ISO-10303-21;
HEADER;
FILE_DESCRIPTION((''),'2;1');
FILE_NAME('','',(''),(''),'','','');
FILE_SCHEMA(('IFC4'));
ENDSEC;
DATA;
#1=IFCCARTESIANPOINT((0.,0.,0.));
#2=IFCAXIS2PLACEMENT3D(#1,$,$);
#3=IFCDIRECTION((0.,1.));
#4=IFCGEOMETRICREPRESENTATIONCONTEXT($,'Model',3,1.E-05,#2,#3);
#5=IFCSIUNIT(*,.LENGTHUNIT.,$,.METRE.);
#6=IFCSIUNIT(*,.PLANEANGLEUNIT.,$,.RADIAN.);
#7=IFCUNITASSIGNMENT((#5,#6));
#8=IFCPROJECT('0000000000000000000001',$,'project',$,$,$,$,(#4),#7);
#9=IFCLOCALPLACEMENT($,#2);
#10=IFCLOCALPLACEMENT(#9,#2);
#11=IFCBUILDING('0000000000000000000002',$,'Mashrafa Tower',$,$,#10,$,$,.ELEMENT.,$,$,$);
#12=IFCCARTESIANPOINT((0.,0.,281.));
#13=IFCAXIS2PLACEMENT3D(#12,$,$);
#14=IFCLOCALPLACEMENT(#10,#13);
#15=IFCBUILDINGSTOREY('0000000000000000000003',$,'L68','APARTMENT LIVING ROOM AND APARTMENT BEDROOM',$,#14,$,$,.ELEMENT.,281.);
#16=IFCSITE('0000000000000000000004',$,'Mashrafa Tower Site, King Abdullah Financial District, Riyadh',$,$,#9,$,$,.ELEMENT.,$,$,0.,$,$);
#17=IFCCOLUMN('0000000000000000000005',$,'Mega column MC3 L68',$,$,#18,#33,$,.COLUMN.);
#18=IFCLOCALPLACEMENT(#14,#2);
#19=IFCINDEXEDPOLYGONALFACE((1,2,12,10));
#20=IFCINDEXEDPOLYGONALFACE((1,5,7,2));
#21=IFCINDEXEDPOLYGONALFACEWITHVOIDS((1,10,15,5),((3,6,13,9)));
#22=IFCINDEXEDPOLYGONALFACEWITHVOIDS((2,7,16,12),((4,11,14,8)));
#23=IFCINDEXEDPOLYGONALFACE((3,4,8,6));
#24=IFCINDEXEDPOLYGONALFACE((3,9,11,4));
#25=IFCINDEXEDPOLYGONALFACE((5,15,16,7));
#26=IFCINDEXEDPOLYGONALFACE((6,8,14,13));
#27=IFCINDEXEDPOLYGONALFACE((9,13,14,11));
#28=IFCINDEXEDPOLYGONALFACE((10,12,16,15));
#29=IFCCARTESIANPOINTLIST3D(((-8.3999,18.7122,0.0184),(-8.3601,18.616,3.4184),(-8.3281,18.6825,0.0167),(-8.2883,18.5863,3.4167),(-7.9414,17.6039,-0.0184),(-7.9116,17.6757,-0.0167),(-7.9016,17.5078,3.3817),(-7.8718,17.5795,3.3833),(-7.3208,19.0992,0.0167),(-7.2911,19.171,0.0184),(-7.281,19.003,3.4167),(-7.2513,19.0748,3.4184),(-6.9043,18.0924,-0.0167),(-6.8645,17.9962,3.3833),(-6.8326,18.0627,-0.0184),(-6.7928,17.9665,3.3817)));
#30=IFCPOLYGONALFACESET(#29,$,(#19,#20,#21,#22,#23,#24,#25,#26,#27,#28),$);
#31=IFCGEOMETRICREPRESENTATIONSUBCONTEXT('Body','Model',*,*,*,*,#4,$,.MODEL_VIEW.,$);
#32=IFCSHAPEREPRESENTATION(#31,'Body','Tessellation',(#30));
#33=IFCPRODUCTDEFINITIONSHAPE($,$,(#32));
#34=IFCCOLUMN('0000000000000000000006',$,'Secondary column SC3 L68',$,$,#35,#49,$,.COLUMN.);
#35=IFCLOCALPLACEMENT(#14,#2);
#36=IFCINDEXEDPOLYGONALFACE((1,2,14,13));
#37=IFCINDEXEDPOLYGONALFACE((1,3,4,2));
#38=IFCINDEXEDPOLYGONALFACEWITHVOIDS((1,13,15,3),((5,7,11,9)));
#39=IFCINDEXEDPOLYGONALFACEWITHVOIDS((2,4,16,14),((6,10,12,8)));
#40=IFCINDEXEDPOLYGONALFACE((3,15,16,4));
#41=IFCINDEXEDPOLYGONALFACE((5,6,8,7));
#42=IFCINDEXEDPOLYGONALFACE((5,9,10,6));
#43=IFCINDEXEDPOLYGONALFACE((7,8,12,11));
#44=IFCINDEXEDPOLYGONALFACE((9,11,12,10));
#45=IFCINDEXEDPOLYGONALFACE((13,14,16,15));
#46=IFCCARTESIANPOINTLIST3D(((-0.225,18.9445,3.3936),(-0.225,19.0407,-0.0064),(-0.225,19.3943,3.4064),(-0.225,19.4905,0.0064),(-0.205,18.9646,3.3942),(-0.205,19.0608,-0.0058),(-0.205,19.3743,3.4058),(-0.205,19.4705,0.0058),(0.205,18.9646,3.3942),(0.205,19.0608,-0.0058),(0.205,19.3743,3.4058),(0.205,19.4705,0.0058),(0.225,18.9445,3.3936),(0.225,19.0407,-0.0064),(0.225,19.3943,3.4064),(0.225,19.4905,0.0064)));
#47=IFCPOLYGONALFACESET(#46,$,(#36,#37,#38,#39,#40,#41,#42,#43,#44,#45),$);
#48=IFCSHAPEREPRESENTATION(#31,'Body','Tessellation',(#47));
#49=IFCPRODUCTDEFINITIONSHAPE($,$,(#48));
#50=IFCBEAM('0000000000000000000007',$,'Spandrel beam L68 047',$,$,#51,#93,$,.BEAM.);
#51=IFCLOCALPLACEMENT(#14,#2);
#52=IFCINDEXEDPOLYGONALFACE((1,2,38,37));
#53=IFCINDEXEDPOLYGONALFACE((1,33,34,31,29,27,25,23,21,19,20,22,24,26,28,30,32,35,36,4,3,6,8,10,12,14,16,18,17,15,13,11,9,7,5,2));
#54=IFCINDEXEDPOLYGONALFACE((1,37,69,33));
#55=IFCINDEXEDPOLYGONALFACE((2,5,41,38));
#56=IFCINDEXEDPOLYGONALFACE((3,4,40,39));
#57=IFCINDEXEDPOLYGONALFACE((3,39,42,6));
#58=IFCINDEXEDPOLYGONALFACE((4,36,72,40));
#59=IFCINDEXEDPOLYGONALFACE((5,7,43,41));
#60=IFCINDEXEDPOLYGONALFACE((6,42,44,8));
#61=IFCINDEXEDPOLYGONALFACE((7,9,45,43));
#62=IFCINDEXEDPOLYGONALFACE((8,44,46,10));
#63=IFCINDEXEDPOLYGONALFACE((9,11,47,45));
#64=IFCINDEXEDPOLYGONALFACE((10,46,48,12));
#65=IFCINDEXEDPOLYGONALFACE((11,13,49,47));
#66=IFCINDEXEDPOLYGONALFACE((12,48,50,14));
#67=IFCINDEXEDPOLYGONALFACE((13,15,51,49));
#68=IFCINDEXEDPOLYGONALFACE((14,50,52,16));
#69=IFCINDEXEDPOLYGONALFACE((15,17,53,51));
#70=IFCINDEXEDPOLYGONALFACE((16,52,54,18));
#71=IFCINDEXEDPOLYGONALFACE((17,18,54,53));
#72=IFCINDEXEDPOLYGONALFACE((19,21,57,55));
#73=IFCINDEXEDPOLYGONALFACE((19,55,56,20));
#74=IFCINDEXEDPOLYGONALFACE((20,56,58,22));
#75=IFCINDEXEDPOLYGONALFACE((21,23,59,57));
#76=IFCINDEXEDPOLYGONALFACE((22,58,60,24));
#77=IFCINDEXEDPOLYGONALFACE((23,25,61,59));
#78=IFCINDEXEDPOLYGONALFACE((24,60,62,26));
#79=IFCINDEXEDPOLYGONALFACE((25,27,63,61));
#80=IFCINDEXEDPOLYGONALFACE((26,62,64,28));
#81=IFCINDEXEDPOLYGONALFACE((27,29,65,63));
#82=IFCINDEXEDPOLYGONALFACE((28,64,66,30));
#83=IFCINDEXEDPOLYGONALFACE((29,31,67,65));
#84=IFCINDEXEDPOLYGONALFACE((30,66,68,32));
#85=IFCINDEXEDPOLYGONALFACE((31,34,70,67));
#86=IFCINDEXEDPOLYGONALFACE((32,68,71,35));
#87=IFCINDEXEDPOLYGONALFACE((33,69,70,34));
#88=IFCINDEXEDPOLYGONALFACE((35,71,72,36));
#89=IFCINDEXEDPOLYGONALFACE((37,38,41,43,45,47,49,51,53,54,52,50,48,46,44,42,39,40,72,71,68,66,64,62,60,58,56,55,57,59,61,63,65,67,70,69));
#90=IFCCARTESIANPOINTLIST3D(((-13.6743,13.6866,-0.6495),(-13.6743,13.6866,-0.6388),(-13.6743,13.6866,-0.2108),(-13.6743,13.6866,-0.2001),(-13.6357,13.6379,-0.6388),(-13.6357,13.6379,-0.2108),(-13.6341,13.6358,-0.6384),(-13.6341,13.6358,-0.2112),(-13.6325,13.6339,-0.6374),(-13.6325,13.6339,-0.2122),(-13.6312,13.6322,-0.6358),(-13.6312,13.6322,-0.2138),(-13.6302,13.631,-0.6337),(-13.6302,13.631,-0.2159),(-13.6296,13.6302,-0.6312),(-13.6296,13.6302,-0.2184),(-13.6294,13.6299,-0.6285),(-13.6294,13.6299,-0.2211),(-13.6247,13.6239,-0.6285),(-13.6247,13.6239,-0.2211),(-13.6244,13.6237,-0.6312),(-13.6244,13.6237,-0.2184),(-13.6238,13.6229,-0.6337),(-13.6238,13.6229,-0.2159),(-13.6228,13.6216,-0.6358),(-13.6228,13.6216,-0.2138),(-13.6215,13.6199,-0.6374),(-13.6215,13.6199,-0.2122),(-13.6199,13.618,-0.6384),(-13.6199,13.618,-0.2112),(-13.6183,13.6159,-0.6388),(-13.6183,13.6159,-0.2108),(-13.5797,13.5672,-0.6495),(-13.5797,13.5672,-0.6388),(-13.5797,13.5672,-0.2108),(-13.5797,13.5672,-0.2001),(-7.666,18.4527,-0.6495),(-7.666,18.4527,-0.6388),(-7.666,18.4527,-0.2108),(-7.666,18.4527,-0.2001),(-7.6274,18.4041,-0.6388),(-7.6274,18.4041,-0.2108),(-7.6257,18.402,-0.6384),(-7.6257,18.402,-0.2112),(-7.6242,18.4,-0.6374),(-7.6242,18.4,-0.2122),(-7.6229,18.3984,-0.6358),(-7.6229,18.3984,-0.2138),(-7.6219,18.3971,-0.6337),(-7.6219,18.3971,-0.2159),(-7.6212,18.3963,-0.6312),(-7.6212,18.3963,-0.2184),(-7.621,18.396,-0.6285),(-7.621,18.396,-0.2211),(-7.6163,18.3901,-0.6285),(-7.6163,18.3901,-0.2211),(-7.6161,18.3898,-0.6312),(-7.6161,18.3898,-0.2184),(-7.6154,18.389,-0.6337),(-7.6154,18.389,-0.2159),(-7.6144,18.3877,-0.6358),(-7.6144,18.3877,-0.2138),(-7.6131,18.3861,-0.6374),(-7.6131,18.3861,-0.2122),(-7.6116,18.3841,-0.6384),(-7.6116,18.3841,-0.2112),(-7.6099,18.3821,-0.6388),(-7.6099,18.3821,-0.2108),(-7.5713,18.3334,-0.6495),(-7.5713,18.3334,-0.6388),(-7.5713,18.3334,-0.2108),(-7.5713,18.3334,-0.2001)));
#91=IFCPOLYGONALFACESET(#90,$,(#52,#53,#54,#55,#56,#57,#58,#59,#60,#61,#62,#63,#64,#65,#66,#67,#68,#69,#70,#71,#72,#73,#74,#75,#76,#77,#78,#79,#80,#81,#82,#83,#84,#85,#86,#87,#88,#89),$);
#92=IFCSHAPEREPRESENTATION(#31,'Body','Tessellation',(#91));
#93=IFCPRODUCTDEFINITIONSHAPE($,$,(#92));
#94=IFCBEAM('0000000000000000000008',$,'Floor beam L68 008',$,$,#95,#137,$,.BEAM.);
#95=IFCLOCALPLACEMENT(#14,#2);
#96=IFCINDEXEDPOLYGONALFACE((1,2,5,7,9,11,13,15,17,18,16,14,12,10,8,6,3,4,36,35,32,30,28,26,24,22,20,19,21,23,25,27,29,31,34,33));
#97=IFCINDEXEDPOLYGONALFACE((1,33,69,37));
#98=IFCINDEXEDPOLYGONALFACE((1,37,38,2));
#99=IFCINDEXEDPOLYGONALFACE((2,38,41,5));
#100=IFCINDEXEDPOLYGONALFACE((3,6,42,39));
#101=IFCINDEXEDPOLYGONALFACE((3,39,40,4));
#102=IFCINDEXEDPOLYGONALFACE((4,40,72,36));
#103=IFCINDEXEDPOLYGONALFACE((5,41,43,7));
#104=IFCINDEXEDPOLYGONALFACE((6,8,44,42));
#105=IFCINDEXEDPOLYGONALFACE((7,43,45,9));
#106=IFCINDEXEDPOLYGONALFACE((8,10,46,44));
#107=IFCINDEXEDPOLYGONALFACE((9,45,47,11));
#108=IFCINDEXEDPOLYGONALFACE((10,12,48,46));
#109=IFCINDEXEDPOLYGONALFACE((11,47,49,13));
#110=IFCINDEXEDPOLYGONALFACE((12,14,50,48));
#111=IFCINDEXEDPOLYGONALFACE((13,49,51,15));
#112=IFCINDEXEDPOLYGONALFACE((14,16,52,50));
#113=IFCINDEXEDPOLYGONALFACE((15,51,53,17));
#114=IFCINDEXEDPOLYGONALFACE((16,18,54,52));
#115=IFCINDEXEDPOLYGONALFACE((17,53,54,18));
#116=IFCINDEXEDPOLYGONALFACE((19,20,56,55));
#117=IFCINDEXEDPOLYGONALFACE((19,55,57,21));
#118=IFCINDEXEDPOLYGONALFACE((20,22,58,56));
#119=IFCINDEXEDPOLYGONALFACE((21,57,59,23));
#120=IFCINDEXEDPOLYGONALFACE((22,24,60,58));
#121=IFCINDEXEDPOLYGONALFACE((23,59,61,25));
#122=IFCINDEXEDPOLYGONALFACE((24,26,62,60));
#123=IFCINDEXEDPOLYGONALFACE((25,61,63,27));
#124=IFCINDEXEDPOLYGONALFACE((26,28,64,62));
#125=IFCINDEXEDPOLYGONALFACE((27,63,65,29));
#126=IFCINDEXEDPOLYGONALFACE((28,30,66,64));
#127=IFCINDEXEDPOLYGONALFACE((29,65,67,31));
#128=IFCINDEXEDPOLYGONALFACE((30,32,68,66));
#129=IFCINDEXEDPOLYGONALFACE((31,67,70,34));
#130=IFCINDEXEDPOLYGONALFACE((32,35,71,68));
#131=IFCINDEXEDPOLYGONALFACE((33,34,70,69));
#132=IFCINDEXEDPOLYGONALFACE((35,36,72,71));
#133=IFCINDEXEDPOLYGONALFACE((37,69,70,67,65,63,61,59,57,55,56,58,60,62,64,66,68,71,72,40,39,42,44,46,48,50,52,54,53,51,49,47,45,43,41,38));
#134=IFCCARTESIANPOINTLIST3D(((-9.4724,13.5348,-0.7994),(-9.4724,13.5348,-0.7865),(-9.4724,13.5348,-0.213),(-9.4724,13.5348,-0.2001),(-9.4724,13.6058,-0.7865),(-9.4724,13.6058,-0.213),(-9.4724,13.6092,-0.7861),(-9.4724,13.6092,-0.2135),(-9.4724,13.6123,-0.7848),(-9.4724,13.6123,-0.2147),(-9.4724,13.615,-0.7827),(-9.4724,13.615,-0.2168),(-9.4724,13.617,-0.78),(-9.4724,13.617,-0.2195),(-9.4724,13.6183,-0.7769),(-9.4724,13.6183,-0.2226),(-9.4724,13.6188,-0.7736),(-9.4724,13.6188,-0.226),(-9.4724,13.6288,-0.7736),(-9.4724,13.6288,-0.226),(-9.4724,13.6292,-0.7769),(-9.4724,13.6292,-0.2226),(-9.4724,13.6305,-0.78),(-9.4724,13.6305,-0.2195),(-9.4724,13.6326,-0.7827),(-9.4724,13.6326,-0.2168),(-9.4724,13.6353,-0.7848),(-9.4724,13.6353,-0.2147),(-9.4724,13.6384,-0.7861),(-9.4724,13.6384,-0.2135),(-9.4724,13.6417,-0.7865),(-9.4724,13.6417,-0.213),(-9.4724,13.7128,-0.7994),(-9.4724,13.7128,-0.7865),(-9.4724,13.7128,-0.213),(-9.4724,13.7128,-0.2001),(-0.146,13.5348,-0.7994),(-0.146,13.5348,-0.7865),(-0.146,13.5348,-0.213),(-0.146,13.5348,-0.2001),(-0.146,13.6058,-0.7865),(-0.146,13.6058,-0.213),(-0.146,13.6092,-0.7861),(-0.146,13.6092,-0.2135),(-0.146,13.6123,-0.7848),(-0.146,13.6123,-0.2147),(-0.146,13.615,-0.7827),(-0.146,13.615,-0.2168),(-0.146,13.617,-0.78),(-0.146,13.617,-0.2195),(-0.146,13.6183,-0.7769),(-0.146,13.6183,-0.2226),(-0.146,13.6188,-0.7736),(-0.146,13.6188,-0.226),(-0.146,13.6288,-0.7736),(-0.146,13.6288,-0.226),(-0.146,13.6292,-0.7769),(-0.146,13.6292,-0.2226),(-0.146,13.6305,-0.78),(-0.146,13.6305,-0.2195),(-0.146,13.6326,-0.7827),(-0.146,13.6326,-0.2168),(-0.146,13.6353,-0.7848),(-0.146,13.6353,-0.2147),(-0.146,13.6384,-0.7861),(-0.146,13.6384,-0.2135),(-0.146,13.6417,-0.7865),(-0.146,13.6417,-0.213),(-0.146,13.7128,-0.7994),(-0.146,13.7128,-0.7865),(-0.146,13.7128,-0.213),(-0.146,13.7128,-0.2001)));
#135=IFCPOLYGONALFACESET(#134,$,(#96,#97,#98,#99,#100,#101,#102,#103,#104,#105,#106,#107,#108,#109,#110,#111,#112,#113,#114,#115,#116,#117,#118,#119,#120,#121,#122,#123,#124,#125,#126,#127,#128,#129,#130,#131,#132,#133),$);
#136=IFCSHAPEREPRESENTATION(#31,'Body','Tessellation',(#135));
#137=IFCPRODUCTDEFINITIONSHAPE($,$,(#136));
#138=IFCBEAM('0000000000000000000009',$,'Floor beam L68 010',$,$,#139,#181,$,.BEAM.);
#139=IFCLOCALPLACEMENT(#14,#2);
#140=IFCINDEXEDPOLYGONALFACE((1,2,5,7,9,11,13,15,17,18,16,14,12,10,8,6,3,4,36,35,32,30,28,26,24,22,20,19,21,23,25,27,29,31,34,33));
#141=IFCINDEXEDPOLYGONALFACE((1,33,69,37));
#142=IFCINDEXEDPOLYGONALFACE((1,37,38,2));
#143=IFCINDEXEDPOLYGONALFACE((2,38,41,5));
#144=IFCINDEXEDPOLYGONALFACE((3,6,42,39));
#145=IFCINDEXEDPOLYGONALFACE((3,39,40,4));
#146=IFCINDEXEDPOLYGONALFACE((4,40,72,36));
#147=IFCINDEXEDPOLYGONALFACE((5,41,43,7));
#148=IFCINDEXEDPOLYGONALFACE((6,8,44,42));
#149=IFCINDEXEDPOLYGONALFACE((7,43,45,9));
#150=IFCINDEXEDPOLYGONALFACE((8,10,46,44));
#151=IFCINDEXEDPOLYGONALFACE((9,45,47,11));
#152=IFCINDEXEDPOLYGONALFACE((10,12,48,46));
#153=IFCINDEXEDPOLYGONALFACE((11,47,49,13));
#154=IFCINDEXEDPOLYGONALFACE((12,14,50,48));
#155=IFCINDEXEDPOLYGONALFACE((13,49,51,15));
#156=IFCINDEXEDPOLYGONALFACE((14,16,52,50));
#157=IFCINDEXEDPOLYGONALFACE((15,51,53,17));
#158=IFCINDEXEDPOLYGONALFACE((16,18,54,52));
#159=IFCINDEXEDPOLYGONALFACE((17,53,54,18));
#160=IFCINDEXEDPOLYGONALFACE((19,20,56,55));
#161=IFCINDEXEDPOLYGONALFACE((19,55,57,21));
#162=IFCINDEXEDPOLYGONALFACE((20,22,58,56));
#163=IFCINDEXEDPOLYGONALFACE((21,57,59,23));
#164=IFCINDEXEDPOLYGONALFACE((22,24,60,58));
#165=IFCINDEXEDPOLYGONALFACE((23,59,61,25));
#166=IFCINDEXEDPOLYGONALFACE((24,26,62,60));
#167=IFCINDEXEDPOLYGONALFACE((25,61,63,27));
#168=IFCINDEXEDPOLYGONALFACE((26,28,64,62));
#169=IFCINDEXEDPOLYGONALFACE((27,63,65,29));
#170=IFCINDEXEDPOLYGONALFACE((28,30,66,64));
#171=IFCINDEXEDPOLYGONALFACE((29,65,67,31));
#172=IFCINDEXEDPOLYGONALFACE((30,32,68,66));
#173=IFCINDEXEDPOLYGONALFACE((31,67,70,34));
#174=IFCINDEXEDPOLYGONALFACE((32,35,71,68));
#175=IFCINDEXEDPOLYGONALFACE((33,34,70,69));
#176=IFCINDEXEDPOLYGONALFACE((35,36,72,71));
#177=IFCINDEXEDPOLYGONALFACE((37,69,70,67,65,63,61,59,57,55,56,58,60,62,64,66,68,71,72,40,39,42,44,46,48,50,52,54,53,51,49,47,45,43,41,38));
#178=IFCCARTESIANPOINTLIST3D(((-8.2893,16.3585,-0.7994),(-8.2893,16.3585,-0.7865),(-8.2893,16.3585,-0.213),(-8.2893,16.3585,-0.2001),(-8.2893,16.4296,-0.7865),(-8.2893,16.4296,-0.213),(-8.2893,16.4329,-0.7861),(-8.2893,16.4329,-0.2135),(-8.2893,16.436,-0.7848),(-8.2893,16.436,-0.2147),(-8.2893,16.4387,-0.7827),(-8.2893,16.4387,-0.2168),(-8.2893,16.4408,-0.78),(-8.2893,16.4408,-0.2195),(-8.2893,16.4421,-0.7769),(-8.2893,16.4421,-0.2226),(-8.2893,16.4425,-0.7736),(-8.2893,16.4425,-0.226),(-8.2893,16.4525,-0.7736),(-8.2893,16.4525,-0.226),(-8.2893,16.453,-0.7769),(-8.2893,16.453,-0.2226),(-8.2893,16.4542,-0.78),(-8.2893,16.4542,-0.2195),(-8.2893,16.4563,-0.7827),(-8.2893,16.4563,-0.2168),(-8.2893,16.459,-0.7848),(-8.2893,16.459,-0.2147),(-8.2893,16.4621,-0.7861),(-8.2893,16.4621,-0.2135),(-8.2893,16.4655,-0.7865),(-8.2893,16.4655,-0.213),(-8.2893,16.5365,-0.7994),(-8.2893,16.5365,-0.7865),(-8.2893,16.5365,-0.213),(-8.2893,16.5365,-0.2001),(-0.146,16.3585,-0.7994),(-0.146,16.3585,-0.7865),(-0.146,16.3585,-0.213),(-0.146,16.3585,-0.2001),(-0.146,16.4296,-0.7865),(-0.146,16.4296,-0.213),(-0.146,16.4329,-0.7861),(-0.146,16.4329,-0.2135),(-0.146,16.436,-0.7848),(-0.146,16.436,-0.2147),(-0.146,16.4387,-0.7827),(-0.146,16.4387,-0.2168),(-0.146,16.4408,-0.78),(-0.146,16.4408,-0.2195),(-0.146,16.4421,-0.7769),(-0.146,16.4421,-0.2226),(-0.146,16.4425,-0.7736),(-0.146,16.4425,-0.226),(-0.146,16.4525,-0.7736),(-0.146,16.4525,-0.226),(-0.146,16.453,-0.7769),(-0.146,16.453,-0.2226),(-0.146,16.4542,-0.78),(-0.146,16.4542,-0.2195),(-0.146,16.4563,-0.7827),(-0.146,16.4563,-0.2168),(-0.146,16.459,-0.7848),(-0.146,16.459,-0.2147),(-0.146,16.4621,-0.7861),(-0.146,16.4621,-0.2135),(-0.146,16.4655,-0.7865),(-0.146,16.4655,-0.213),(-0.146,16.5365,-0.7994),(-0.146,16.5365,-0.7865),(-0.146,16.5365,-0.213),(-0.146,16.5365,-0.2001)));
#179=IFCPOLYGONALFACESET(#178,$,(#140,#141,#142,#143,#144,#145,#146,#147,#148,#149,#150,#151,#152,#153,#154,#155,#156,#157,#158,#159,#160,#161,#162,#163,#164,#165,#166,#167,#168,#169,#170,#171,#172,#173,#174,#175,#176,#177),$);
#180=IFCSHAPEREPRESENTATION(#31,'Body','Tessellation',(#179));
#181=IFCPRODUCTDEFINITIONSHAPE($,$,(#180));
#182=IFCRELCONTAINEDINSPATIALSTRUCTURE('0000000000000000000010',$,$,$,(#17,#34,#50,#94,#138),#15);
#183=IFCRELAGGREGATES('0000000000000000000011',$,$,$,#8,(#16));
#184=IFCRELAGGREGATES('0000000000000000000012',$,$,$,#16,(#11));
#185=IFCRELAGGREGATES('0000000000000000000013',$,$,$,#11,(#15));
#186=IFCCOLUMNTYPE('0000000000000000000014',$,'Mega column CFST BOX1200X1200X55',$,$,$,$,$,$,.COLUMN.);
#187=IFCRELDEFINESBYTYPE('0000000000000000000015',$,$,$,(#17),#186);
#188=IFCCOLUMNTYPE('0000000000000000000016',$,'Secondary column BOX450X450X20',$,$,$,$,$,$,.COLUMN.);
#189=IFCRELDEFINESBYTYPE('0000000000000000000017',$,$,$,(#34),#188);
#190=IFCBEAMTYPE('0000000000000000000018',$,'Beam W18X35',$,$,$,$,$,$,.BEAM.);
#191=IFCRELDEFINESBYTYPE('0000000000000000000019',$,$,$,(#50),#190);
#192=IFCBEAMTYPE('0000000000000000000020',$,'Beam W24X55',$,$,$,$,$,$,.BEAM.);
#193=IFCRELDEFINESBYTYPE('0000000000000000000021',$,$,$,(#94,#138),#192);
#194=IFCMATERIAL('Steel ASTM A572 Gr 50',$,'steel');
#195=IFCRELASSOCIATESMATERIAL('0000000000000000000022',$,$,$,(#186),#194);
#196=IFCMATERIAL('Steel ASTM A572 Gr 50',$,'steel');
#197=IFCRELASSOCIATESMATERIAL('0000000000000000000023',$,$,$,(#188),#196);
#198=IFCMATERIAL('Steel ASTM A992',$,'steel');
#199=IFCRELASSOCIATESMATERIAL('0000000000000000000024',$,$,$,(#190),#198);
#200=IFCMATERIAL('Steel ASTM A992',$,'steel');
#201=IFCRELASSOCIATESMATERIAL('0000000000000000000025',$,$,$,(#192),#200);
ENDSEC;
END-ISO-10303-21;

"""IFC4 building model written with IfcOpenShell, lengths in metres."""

from ifc_helpers import new_model, si_unit, direction, frame, origin, origin_2d, place, context, subcontext, project, spatial, hollow_rectangle, i_section, extrude, material, material_profile, profile_set, type_object, element, save


model = new_model("IFC4")

# Units and contexts
model_context = context("Model", 3, precision=1e-05, world=origin(), true_north=direction((0.0, 1.0)))
body_context = subcontext(model_context, "Body", "Model", "MODEL_VIEW")
ifc_project = project(units=[si_unit("LENGTHUNIT", "METRE"), si_unit("PLANEANGLEUNIT", "RADIAN")], contexts=[model_context])

# Site, building, storey
site_placement = place(None, origin())
site = spatial("IfcSite", under=ifc_project, at=site_placement, Name="Mashrafa Tower Site, King Abdullah Financial District, Riyadh", CompositionType="ELEMENT", RefElevation=0.0)
building_placement = place(site_placement, origin())
building = spatial("IfcBuilding", under=site, at=building_placement, Name="Mashrafa Tower", CompositionType="ELEMENT")
storey_placement = place(building_placement, frame((0.0, 0.0, 281.0)))
storey = spatial("IfcBuildingStorey", under=building, at=storey_placement, Name="L68", Description="APARTMENT LIVING ROOM AND APARTMENT BEDROOM", CompositionType="ELEMENT", Elevation=281.0)

# Columns
ifc_material_1 = material(Name="Steel ASTM A572 Gr 50", Category="steel")
ifc_material_profile_1 = material_profile(ifc_material_1, hollow_rectangle(XDim=1.2, YDim=1.2, WallThickness=0.0549, at=origin_2d()), Name="BOX1200X1200X55")
ifc_profile_set_1 = profile_set([ifc_material_profile_1], Name="Steel ASTM A572 Gr 50")
column_type_1 = type_object("IfcColumnType", Name="Mega column CFST BOX1200X1200X55", PredefinedType="COLUMN", material=ifc_profile_set_1)
column_1_placement = place(storey_placement, frame((-7.6162, 18.3875, 0.0), z_axis=(0.011699, -0.028279, 0.999532), x_axis=(0.924045, 0.382283, 0.0)))
element("IfcColumn", 1, at=column_1_placement, inside=storey, type_object=column_type_1, Name="Mega column MC3 L68", PredefinedType="COLUMN", context=body_context, shape_type="SweptSolid", body=[
    extrude(hollow_rectangle(XDim=1.2, YDim=1.2, WallThickness=0.0549, at=origin_2d()), origin(), (0.0, 0.0, 1.0), 3.4016),
])
ifc_material_2 = material(Name="Steel ASTM A572 Gr 50", Category="steel")
ifc_material_profile_2 = material_profile(ifc_material_2, hollow_rectangle(XDim=0.45, YDim=0.45, WallThickness=0.02, at=origin_2d()), Name="BOX450X450X20")
ifc_profile_set_2 = profile_set([ifc_material_profile_2], Name="Steel ASTM A572 Gr 50")
column_type_2 = type_object("IfcColumnType", Name="Secondary column BOX450X450X20", PredefinedType="COLUMN", material=ifc_profile_set_2)
column_2_placement = place(storey_placement, frame((0.0, 19.2656, 0.0), z_axis=(0.0, -0.028281, 0.9996), x_axis=(1.0, 0.0, 0.0)))
element("IfcColumn", 2, at=column_2_placement, inside=storey, type_object=column_type_2, Name="Secondary column SC3 L68", PredefinedType="COLUMN", context=body_context, shape_type="SweptSolid", body=[
    extrude(hollow_rectangle(XDim=0.45, YDim=0.45, WallThickness=0.02, at=origin_2d()), origin(), (0.0, 0.0, 1.0), 3.4014),
])

# Beams
ifc_material_3 = material(Name="Steel ASTM A992", Category="steel")
ifc_material_profile_3 = material_profile(ifc_material_3, i_section(OverallWidth=0.1523, OverallDepth=0.4495, WebThickness=0.0076, FlangeThickness=0.0107, FilletRadius=0.0103, at=origin_2d()), Name="W18X35")
ifc_profile_set_3 = profile_set([ifc_material_profile_3], Name="Steel ASTM A992")
beam_type_1 = type_object("IfcBeamType", Name="Beam W18X35", PredefinedType="BEAM", material=ifc_profile_set_3)
beam_1_placement = place(storey_placement, frame((-7.6187, 18.3931, -0.4248), z_axis=(-0.78344, -0.621467, 0.0), x_axis=(0.621467, -0.78344, 0.0)))
element("IfcBeam", 3, at=beam_1_placement, inside=storey, type_object=beam_type_1, Name="Spandrel beam L68 047", PredefinedType="BEAM", context=body_context, shape_type="SweptSolid", body=[
    extrude(i_section(OverallWidth=0.1523, OverallDepth=0.4495, WebThickness=0.0076, FlangeThickness=0.0107, FilletRadius=0.0103, at=origin_2d()), origin(), (0.0, 0.0, 1.0), 7.6692),
])
ifc_material_4 = material(Name="Steel ASTM A992", Category="steel")
ifc_material_profile_4 = material_profile(ifc_material_4, i_section(OverallWidth=0.178, OverallDepth=0.5994, WebThickness=0.01, FlangeThickness=0.0129, FilletRadius=0.0129, at=origin_2d()), Name="W24X55")
ifc_profile_set_4 = profile_set([ifc_material_profile_4], Name="Steel ASTM A992")
beam_type_2 = type_object("IfcBeamType", Name="Beam W24X55", PredefinedType="BEAM", material=ifc_profile_set_4)
beam_2_placement = place(storey_placement, frame((-9.4724, 13.6238, -0.4998), z_axis=(1.0, 0.0, 0.0), x_axis=(0.0, 1.0, 0.0)))
element("IfcBeam", 4, at=beam_2_placement, inside=storey, type_object=beam_type_2, Name="Floor beam L68 008", PredefinedType="BEAM", context=body_context, shape_type="SweptSolid", body=[
    extrude(i_section(OverallWidth=0.178, OverallDepth=0.5994, WebThickness=0.01, FlangeThickness=0.0129, FilletRadius=0.0129, at=origin_2d()), origin(), (0.0, 0.0, 1.0), 9.3264),
])
beam_3_placement = place(storey_placement, frame((-8.2893, 16.4475, -0.4998), z_axis=(1.0, 0.0, 0.0), x_axis=(0.0, 1.0, 0.0)))
element("IfcBeam", 5, at=beam_3_placement, inside=storey, type_object=beam_type_2, Name="Floor beam L68 010", PredefinedType="BEAM", context=body_context, shape_type="SweptSolid", body=[
    extrude(i_section(OverallWidth=0.178, OverallDepth=0.5994, WebThickness=0.01, FlangeThickness=0.0129, FilletRadius=0.0129, at=origin_2d()), origin(), (0.0, 0.0, 1.0), 8.1433),
])

save(model, "model.ifc")
